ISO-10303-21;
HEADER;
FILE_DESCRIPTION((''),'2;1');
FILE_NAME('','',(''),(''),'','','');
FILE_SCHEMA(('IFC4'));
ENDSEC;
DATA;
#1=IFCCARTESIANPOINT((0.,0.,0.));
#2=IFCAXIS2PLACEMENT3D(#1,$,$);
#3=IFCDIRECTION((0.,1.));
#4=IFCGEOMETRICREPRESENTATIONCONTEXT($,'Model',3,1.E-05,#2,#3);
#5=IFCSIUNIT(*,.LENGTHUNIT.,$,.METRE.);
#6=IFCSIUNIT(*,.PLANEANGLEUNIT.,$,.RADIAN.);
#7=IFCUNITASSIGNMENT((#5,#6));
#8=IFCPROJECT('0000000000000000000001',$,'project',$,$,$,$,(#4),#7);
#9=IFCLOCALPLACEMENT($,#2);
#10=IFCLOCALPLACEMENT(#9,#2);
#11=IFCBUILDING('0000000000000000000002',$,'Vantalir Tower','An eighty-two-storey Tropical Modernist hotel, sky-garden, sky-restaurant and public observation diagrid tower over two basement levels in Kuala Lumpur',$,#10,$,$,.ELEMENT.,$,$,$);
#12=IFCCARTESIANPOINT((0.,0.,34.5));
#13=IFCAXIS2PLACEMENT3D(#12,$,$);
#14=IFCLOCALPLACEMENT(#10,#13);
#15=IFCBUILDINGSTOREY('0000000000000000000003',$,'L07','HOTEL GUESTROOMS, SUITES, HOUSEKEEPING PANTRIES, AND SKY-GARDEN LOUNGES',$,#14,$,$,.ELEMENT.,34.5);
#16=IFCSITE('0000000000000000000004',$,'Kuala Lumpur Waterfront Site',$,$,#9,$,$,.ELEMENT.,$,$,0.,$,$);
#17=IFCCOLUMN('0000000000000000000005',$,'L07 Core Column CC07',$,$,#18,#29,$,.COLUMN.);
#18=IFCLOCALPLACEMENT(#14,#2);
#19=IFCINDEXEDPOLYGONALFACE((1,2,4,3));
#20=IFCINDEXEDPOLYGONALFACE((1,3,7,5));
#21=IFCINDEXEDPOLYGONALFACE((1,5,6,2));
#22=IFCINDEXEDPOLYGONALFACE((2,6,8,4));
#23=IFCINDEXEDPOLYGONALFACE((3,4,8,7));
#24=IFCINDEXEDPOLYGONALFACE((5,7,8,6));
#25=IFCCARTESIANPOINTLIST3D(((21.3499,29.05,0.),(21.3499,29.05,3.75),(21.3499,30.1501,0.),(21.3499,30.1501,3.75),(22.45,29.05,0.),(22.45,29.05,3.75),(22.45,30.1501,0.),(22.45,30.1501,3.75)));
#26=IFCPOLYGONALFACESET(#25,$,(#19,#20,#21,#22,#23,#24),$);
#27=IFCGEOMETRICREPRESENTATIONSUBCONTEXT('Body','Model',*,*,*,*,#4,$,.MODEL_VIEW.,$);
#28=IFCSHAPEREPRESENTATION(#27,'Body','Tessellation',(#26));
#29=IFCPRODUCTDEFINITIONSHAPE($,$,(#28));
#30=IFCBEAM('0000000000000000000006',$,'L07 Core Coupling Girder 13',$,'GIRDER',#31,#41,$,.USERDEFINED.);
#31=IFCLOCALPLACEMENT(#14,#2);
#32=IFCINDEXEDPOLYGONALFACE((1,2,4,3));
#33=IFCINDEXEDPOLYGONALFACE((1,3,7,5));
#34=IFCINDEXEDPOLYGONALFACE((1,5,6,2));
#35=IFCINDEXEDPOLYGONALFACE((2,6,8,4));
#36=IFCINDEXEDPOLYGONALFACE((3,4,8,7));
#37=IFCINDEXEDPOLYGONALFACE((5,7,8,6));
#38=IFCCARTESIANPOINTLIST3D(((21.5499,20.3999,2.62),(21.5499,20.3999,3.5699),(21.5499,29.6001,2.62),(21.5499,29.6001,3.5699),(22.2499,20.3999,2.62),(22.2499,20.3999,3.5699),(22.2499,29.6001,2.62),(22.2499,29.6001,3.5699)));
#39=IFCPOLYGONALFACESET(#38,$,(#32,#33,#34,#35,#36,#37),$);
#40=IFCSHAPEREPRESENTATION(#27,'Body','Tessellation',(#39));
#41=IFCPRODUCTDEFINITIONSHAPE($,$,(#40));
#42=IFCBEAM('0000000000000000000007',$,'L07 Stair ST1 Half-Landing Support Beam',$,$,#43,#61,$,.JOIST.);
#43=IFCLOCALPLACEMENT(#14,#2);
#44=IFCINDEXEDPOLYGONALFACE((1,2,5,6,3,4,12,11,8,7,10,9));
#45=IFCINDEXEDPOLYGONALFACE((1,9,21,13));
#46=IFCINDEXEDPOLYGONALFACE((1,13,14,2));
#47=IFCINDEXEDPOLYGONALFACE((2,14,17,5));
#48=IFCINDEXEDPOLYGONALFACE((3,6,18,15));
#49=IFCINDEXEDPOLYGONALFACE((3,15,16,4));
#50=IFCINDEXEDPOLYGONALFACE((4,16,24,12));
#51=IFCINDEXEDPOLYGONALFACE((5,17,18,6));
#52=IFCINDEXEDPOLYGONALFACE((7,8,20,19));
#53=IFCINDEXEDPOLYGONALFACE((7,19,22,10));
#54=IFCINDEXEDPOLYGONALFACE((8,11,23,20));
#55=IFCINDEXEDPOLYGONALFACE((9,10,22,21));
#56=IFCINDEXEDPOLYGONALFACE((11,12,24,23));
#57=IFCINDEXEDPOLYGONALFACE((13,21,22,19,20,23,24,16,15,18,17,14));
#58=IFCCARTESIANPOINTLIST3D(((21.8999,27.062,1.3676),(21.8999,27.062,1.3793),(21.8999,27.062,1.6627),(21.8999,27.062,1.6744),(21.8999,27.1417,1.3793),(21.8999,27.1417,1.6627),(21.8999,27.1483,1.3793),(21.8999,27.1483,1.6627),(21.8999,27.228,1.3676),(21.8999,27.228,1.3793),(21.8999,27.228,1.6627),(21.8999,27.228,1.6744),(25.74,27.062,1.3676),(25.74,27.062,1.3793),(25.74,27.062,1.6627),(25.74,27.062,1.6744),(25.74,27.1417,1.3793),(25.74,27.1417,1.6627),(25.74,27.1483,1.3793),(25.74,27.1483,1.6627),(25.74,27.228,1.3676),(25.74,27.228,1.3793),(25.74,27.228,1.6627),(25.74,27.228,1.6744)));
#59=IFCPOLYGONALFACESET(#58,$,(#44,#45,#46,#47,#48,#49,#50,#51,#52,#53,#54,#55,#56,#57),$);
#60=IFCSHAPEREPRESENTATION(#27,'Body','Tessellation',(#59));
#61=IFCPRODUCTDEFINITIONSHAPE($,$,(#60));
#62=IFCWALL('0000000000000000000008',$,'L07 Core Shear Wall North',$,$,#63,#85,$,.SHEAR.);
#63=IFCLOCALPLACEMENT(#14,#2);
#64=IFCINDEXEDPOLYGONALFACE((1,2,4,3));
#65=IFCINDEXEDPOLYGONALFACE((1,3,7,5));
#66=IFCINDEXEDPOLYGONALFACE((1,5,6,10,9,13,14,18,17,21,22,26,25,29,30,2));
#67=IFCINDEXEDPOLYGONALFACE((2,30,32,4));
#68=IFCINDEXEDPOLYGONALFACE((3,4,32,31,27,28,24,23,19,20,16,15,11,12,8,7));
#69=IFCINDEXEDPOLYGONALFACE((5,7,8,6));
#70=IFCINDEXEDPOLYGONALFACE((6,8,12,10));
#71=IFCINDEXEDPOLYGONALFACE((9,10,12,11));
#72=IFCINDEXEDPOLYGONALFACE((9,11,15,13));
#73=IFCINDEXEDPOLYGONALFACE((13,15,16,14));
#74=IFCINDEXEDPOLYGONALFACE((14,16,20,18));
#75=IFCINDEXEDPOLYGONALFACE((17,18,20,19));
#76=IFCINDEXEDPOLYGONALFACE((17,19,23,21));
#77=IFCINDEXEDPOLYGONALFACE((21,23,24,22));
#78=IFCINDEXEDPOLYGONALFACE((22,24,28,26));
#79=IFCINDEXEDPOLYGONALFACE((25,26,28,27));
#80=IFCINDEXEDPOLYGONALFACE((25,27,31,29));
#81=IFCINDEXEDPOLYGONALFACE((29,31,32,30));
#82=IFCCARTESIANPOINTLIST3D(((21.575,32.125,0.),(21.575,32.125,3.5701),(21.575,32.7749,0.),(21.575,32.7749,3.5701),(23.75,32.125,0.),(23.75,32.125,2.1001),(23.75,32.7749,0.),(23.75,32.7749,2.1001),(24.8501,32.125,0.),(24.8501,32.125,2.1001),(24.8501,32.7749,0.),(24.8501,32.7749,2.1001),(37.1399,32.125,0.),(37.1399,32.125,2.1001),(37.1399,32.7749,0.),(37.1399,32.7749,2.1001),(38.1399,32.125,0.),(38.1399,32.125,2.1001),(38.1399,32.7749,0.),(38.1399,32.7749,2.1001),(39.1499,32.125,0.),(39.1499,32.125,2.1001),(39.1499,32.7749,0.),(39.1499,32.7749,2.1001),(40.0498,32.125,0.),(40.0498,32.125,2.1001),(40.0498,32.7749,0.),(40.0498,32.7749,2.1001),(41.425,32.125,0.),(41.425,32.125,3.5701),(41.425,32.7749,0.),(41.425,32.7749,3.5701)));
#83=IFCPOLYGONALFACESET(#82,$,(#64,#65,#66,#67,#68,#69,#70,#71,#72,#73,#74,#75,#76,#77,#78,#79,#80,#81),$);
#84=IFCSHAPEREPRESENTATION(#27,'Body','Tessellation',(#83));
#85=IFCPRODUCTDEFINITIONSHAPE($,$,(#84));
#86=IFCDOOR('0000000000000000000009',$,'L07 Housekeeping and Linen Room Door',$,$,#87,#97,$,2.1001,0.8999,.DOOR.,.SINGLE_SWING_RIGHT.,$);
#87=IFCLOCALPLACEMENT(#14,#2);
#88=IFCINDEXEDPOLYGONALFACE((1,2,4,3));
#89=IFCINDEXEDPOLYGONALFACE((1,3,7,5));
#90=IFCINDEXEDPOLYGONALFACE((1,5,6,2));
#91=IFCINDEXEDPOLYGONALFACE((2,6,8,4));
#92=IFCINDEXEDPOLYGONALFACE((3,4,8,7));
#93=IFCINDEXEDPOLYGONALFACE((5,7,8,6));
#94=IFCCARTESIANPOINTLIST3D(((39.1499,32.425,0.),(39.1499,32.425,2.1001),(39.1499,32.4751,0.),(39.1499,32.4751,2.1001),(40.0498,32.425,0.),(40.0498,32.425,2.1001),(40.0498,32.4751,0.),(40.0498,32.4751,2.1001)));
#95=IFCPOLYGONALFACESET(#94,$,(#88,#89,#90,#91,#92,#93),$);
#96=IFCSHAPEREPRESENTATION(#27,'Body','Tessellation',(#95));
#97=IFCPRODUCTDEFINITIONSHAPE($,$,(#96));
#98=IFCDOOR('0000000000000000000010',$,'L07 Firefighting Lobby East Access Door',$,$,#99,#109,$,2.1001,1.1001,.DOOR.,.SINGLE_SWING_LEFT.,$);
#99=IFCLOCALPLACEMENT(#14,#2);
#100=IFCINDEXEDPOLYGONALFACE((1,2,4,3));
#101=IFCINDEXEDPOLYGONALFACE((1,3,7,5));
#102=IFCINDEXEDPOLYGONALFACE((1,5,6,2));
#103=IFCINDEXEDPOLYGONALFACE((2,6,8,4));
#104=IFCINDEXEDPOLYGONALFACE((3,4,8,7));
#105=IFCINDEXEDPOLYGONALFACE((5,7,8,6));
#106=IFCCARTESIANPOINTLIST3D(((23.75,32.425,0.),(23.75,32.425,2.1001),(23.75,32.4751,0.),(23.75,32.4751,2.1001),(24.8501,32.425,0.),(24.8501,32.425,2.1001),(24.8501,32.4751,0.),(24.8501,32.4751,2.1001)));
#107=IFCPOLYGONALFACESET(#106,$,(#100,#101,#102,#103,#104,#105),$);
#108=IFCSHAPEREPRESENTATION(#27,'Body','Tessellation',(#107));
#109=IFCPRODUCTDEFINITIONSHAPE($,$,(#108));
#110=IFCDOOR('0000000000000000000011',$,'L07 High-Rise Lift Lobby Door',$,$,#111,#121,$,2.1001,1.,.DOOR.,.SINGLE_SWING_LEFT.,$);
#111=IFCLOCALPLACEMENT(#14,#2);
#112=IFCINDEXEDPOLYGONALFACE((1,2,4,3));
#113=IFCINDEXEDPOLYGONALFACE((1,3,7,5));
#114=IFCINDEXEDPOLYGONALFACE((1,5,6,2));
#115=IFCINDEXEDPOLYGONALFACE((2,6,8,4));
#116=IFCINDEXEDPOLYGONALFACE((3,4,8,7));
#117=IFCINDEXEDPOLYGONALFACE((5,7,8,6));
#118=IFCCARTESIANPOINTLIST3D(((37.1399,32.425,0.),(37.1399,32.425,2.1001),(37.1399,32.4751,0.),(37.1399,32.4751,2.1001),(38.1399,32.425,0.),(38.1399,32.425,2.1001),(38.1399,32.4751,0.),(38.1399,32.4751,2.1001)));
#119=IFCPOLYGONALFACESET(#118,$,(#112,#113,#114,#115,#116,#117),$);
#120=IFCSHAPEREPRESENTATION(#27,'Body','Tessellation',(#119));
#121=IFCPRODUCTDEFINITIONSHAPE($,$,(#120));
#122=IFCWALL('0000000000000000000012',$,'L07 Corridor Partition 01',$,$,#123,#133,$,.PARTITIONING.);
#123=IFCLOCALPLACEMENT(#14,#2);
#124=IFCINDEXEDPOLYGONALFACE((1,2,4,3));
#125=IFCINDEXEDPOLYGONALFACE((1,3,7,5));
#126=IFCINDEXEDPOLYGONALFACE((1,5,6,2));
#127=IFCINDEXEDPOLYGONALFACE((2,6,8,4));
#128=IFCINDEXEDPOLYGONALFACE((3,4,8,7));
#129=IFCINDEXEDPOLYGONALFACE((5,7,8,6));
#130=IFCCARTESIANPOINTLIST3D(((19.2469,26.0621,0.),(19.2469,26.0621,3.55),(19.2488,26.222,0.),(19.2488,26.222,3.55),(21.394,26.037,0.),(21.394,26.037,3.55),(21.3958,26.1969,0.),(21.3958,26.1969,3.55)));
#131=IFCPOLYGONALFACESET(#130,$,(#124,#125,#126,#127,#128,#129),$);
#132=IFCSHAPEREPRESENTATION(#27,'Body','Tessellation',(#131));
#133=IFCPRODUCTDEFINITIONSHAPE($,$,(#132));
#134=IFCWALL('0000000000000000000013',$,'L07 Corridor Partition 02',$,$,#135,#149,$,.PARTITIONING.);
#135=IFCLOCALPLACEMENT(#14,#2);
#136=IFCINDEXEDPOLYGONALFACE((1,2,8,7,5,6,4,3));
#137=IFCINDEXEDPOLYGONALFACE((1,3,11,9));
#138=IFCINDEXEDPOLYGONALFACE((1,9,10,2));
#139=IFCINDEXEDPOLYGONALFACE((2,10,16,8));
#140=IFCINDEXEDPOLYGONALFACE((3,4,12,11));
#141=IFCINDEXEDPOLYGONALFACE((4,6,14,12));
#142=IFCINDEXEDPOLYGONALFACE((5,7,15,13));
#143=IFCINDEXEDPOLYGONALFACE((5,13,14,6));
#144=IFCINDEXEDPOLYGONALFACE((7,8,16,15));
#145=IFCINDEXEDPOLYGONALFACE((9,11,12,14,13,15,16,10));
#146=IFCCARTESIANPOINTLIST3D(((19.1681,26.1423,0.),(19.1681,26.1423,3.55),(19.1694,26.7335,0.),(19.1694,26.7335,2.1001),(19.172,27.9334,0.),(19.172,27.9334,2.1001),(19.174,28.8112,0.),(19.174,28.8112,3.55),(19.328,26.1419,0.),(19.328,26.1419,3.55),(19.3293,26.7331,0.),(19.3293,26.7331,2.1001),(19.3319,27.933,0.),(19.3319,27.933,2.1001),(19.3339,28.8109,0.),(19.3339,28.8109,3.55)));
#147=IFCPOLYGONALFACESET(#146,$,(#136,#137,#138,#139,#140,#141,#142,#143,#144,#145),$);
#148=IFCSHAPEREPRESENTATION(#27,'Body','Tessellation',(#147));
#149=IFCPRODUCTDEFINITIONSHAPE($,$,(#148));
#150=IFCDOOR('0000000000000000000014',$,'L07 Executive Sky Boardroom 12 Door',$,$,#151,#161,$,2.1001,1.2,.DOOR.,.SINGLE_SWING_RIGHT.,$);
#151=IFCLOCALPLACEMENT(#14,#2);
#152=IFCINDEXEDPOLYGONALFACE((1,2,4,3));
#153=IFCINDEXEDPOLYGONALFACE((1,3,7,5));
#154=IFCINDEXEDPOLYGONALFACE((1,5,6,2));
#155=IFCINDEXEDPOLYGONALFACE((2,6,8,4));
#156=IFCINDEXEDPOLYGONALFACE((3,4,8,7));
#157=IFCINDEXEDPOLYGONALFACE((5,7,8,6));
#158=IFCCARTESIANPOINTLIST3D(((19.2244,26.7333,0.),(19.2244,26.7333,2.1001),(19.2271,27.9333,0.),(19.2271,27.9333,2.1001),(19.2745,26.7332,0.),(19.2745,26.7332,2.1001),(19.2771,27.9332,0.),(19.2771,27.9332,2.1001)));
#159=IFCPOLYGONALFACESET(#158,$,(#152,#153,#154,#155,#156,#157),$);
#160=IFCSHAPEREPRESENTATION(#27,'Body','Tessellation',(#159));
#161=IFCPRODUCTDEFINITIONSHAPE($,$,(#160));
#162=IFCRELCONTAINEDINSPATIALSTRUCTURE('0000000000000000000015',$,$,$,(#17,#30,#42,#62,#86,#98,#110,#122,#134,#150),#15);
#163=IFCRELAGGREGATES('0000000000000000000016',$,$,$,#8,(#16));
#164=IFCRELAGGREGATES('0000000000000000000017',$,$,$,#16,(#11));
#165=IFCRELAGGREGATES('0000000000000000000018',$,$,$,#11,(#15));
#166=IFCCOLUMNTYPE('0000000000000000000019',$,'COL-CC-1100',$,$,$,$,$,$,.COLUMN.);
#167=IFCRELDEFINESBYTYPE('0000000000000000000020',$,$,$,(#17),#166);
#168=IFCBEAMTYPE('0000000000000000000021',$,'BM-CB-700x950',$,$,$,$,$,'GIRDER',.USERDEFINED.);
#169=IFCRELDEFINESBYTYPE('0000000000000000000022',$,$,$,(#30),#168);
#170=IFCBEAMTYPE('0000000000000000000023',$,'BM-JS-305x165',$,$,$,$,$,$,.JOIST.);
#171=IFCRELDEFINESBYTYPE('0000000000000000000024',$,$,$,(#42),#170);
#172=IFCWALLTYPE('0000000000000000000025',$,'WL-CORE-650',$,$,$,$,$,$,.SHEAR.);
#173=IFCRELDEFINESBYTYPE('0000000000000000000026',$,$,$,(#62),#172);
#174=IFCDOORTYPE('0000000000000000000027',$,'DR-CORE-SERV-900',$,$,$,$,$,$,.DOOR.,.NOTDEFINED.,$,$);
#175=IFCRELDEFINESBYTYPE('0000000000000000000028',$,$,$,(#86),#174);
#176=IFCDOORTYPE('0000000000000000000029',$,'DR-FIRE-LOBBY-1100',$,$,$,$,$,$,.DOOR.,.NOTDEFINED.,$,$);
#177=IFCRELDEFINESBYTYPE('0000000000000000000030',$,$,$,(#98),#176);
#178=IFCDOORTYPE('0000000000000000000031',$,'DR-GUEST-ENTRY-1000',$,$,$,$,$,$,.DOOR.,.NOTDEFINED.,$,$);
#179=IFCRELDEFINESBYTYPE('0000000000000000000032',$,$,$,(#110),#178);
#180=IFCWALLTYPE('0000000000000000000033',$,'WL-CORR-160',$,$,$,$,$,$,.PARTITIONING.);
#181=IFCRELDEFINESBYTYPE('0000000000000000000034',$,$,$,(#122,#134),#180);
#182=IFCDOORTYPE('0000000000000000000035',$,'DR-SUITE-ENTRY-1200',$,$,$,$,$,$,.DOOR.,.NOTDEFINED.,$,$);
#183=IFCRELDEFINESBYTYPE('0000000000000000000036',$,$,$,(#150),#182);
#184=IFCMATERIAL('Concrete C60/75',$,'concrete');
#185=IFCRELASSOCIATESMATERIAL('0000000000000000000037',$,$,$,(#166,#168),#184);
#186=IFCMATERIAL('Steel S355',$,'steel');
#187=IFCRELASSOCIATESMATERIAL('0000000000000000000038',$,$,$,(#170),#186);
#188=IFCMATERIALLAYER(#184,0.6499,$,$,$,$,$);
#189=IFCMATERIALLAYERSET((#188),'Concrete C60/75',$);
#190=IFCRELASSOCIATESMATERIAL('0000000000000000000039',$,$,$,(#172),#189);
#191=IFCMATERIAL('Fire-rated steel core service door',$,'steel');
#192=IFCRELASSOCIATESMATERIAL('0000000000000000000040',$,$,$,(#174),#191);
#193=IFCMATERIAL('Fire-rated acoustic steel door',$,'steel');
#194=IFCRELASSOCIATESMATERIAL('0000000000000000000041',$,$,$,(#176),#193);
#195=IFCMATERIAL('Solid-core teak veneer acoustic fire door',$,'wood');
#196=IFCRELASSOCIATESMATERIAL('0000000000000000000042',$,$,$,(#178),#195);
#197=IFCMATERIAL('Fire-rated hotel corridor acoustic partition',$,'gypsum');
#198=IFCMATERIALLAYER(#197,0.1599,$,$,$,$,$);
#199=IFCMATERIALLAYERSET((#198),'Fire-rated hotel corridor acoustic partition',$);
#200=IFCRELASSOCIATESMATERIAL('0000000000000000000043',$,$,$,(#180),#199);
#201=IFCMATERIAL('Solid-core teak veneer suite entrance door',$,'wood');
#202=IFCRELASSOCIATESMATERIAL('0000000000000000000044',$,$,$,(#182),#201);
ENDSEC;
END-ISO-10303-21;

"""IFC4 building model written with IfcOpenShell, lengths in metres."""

from ifc_helpers import new_model, si_unit, direction, frame, frame_2d, origin, origin_2d, place, context, subcontext, project, spatial, rectangle, i_section, extrude, material, layer, layer_set, material_profile, profile_set, type_object, element, fill, save


model = new_model("IFC4")

# Units and contexts
model_context = context("Model", 3, precision=1e-05, world=origin(), true_north=direction((0.0, 1.0)))
body_context = subcontext(model_context, "Body", "Model", "MODEL_VIEW")
ifc_project = project(units=[si_unit("LENGTHUNIT", "METRE"), si_unit("PLANEANGLEUNIT", "RADIAN")], contexts=[model_context])

# Site, building, storey
site_placement = place(None, origin())
site = spatial("IfcSite", under=ifc_project, at=site_placement, Name="Kuala Lumpur Waterfront Site", CompositionType="ELEMENT", RefElevation=0.0)
building_placement = place(site_placement, origin())
building = spatial("IfcBuilding", under=site, at=building_placement, Name="Vantalir Tower", Description="An eighty-two-storey Tropical Modernist hotel, sky-garden, sky-restaurant and public observation diagrid tower over two basement levels in Kuala Lumpur", CompositionType="ELEMENT")
storey_placement = place(building_placement, frame((0.0, 0.0, 34.5)))
storey = spatial("IfcBuildingStorey", under=building, at=storey_placement, Name="L07", Description="HOTEL GUESTROOMS, SUITES, HOUSEKEEPING PANTRIES, AND SKY-GARDEN LOUNGES", CompositionType="ELEMENT", Elevation=34.5)

# Column
ifc_material_1 = material(Name="Concrete C60/75", Category="concrete")
ifc_material_profile_1 = material_profile(ifc_material_1, rectangle(XDim=1.1001, YDim=1.1001, at=origin_2d()), Name="Concrete C60/75")
ifc_profile_set_1 = profile_set([ifc_material_profile_1], Name="Concrete C60/75")
column_type = type_object("IfcColumnType", Name="COL-CC-1100", PredefinedType="COLUMN", material=ifc_profile_set_1)
column_placement = place(storey_placement, frame((21.8999, 29.6001, 0.0), z_axis=(0.0, 0.0, 1.0), x_axis=(1.0, 0.0, 0.0)))
element("IfcColumn", 1, at=column_placement, inside=storey, type_object=column_type, Name="L07 Core Column CC07", PredefinedType="COLUMN", context=body_context, shape_type="SweptSolid", body=[
    extrude(rectangle(XDim=1.1001, YDim=1.1001, at=origin_2d()), origin(), (0.0, 0.0, 1.0), 3.75),
])

# Beams
ifc_material_profile_2 = material_profile(ifc_material_1, rectangle(XDim=0.7, YDim=0.95, at=origin_2d()), Name="Concrete C60/75")
ifc_profile_set_2 = profile_set([ifc_material_profile_2], Name="Concrete C60/75")
beam_type_1 = type_object("IfcBeamType", Name="BM-CB-700x950", ElementType="GIRDER", PredefinedType="USERDEFINED", material=ifc_profile_set_2)
beam_1_placement = place(storey_placement, frame((21.8999, 29.6001, 3.095), z_axis=(0.0, -1.0, 0.0), x_axis=(1.0, 0.0, 0.0)))
element("IfcBeam", 2, at=beam_1_placement, inside=storey, type_object=beam_type_1, Name="L07 Core Coupling Girder 13", ObjectType="GIRDER", PredefinedType="USERDEFINED", context=body_context, shape_type="SweptSolid", body=[
    extrude(rectangle(XDim=0.7, YDim=0.95, at=origin_2d()), origin(), (0.0, 0.0, 1.0), 9.2002),
])
ifc_material_2 = material(Name="Steel S355", Category="steel")
ifc_material_profile_3 = material_profile(ifc_material_2, i_section(OverallWidth=0.166, OverallDepth=0.3069, WebThickness=0.0066, FlangeThickness=0.0117, at=origin_2d()), Name="Steel S355")
ifc_profile_set_3 = profile_set([ifc_material_profile_3], Name="Steel S355")
beam_type_2 = type_object("IfcBeamType", Name="BM-JS-305x165", PredefinedType="JOIST", material=ifc_profile_set_3)
beam_2_placement = place(storey_placement, frame((21.8999, 27.145, 1.521), z_axis=(1.0, 0.0, 0.0), x_axis=(0.0, 1.0, 0.0)))
element("IfcBeam", 3, at=beam_2_placement, inside=storey, type_object=beam_type_2, Name="L07 Stair ST1 Half-Landing Support Beam", PredefinedType="JOIST", context=body_context, shape_type="SweptSolid", body=[
    extrude(i_section(OverallWidth=0.166, OverallDepth=0.3069, WebThickness=0.0066, FlangeThickness=0.0117, at=origin_2d()), origin(), (0.0, 0.0, 1.0), 3.8401),
])

# Wall, openings, doors
ifc_layer_1 = layer(ifc_material_1, 0.6499)
ifc_layer_set_1 = layer_set([ifc_layer_1], Name="Concrete C60/75")
wall_type_1 = type_object("IfcWallType", Name="WL-CORE-650", PredefinedType="SHEAR", material=ifc_layer_set_1)
wall_1_placement = place(storey_placement, frame((21.575, 32.45, 0.0), z_axis=(0.0, 0.0, 1.0), x_axis=(1.0, 0.0, 0.0)))
wall_1 = element("IfcWall", 4, at=wall_1_placement, inside=storey, type_object=wall_type_1, Name="L07 Core Shear Wall North", PredefinedType="SHEAR", context=body_context, shape_type="SweptSolid", body=[
    extrude(rectangle(XDim=19.8501, YDim=0.6499, at=frame_2d((9.925, 0.0))), origin(), (0.0, 0.0, 1.0), 3.5701),
])
opening_1_placement = place(wall_1_placement, frame((2.175, 0.0, 0.0)))
opening_1 = element("IfcOpeningElement", 5, at=opening_1_placement, cuts=wall_1, PredefinedType="OPENING", context=body_context, shape_type="SweptSolid", body=[
    extrude(rectangle(XDim=1.1001, YDim=2.1001, at=frame_2d((0.55, 1.05))), frame((0.0, 0.335, 0.0), z_axis=(0.0, -1.0, 0.0), x_axis=(1.0, 0.0, 0.0)), (0.0, 0.0, 1.0), 0.6699),
])
opening_2_placement = place(wall_1_placement, frame((15.5649, 0.0, 0.0)))
opening_2 = element("IfcOpeningElement", 6, at=opening_2_placement, cuts=wall_1, PredefinedType="OPENING", context=body_context, shape_type="SweptSolid", body=[
    extrude(rectangle(XDim=1.0, YDim=2.1001, at=frame_2d((0.5, 1.05))), frame((0.0, 0.335, 0.0), z_axis=(0.0, -1.0, 0.0), x_axis=(1.0, 0.0, 0.0)), (0.0, 0.0, 1.0), 0.6699),
])
opening_3_placement = place(wall_1_placement, frame((17.575, 0.0, 0.0)))
opening_3 = element("IfcOpeningElement", 7, at=opening_3_placement, cuts=wall_1, PredefinedType="OPENING", context=body_context, shape_type="SweptSolid", body=[
    extrude(rectangle(XDim=0.8999, YDim=2.1001, at=frame_2d((0.45, 1.05))), frame((0.0, 0.335, 0.0), z_axis=(0.0, -1.0, 0.0), x_axis=(1.0, 0.0, 0.0)), (0.0, 0.0, 1.0), 0.6699),
])
ifc_material_3 = material(Name="Fire-rated steel core service door", Category="steel")
door_type_1 = type_object("IfcDoorType", Name="DR-CORE-SERV-900", OperationType="NOTDEFINED", PredefinedType="DOOR", material=ifc_material_3)
door_1_placement = place(opening_3_placement, frame((0.8999, 0.0, 0.0), z_axis=(0.0, 0.0, 1.0), x_axis=(-1.0, 0.0, 0.0)))
door_1 = element("IfcDoor", 8, at=door_1_placement, inside=storey, type_object=door_type_1, Name="L07 Housekeeping and Linen Room Door", OperationType="SINGLE_SWING_RIGHT", OverallHeight=2.1001, OverallWidth=0.8999, PredefinedType="DOOR", context=body_context, shape_type="SweptSolid", body=[
    extrude(rectangle(XDim=0.8999, YDim=2.1001, at=frame_2d((0.45, 1.05))), frame((0.0, 0.0249, 0.0), z_axis=(0.0, -1.0, 0.0), x_axis=(1.0, 0.0, 0.0)), (0.0, 0.0, 1.0), 0.05),
])
fill(opening_3, door_1)
ifc_material_4 = material(Name="Fire-rated acoustic steel door", Category="steel")
door_type_2 = type_object("IfcDoorType", Name="DR-FIRE-LOBBY-1100", OperationType="NOTDEFINED", PredefinedType="DOOR", material=ifc_material_4)
door_2_placement = place(opening_1_placement, frame((1.1001, 0.0, 0.0), z_axis=(0.0, 0.0, 1.0), x_axis=(-1.0, 0.0, 0.0)))
door_2 = element("IfcDoor", 9, at=door_2_placement, inside=storey, type_object=door_type_2, Name="L07 Firefighting Lobby East Access Door", OperationType="SINGLE_SWING_LEFT", OverallHeight=2.1001, OverallWidth=1.1001, PredefinedType="DOOR", context=body_context, shape_type="SweptSolid", body=[
    extrude(rectangle(XDim=1.1001, YDim=2.1001, at=frame_2d((0.55, 1.05))), frame((0.0, 0.0249, 0.0), z_axis=(0.0, -1.0, 0.0), x_axis=(1.0, 0.0, 0.0)), (0.0, 0.0, 1.0), 0.05),
])
fill(opening_1, door_2)
ifc_material_5 = material(Name="Solid-core teak veneer acoustic fire door", Category="wood")
door_type_3 = type_object("IfcDoorType", Name="DR-GUEST-ENTRY-1000", OperationType="NOTDEFINED", PredefinedType="DOOR", material=ifc_material_5)
door_3_placement = place(opening_2_placement, frame((1.0, 0.0, 0.0), z_axis=(0.0, 0.0, 1.0), x_axis=(-1.0, 0.0, 0.0)))
door_3 = element("IfcDoor", 10, at=door_3_placement, inside=storey, type_object=door_type_3, Name="L07 High-Rise Lift Lobby Door", OperationType="SINGLE_SWING_LEFT", OverallHeight=2.1001, OverallWidth=1.0, PredefinedType="DOOR", context=body_context, shape_type="SweptSolid", body=[
    extrude(rectangle(XDim=1.0, YDim=2.1001, at=frame_2d((0.5, 1.05))), frame((0.0, 0.0249, 0.0), z_axis=(0.0, -1.0, 0.0), x_axis=(1.0, 0.0, 0.0)), (0.0, 0.0, 1.0), 0.05),
])
fill(opening_2, door_3)

# Wall
ifc_material_6 = material(Name="Fire-rated hotel corridor acoustic partition", Category="gypsum")
ifc_layer_2 = layer(ifc_material_6, 0.1599)
ifc_layer_set_2 = layer_set([ifc_layer_2], Name="Fire-rated hotel corridor acoustic partition")
wall_type_2 = type_object("IfcWallType", Name="WL-CORR-160", PredefinedType="PARTITIONING", material=ifc_layer_set_2)
wall_2_placement = place(storey_placement, frame((21.395, 26.1169, 0.0), z_axis=(0.0, 0.0, 1.0), x_axis=(-0.999931, 0.011712, 0.0)))
element("IfcWall", 11, at=wall_2_placement, inside=storey, type_object=wall_type_2, Name="L07 Corridor Partition 01", PredefinedType="PARTITIONING", context=body_context, shape_type="SweptSolid", body=[
    extrude(rectangle(XDim=2.1472, YDim=0.1599, at=frame_2d((1.0737, 0.0))), origin(), (0.0, 0.0, 1.0), 3.55),
])

# Wall, opening, door
wall_3_placement = place(storey_placement, frame((19.248, 26.1421, 0.0), z_axis=(0.0, 0.0, 1.0), x_axis=(0.002195, 0.999998, 0.0)))
wall_3 = element("IfcWall", 12, at=wall_3_placement, inside=storey, type_object=wall_type_2, Name="L07 Corridor Partition 02", PredefinedType="PARTITIONING", context=body_context, shape_type="SweptSolid", body=[
    extrude(rectangle(XDim=2.6689, YDim=0.1599, at=frame_2d((1.3345, 0.0))), origin(), (0.0, 0.0, 1.0), 3.55),
])
opening_4_placement = place(wall_3_placement, frame((0.5911, 0.0, 0.0)))
opening_4 = element("IfcOpeningElement", 13, at=opening_4_placement, cuts=wall_3, PredefinedType="OPENING", context=body_context, shape_type="SweptSolid", body=[
    extrude(rectangle(XDim=1.2, YDim=2.1001, at=frame_2d((0.6001, 1.05))), frame((0.0, 0.0898, 0.0), z_axis=(0.0, -1.0, 0.0), x_axis=(1.0, 0.0, 0.0)), (0.0, 0.0, 1.0), 0.1799),
])
ifc_material_7 = material(Name="Solid-core teak veneer suite entrance door", Category="wood")
door_type_4 = type_object("IfcDoorType", Name="DR-SUITE-ENTRY-1200", OperationType="NOTDEFINED", PredefinedType="DOOR", material=ifc_material_7)
door_4_placement = place(opening_4_placement, origin())
door_4 = element("IfcDoor", 14, at=door_4_placement, inside=storey, type_object=door_type_4, Name="L07 Executive Sky Boardroom 12 Door", OperationType="SINGLE_SWING_RIGHT", OverallHeight=2.1001, OverallWidth=1.2, PredefinedType="DOOR", context=body_context, shape_type="SweptSolid", body=[
    extrude(rectangle(XDim=1.2, YDim=2.1001, at=frame_2d((0.6001, 1.05))), frame((0.0, 0.0249, 0.0), z_axis=(0.0, -1.0, 0.0), x_axis=(1.0, 0.0, 0.0)), (0.0, 0.0, 1.0), 0.05),
])
fill(opening_4, door_4)

save(model, "model.ifc")
